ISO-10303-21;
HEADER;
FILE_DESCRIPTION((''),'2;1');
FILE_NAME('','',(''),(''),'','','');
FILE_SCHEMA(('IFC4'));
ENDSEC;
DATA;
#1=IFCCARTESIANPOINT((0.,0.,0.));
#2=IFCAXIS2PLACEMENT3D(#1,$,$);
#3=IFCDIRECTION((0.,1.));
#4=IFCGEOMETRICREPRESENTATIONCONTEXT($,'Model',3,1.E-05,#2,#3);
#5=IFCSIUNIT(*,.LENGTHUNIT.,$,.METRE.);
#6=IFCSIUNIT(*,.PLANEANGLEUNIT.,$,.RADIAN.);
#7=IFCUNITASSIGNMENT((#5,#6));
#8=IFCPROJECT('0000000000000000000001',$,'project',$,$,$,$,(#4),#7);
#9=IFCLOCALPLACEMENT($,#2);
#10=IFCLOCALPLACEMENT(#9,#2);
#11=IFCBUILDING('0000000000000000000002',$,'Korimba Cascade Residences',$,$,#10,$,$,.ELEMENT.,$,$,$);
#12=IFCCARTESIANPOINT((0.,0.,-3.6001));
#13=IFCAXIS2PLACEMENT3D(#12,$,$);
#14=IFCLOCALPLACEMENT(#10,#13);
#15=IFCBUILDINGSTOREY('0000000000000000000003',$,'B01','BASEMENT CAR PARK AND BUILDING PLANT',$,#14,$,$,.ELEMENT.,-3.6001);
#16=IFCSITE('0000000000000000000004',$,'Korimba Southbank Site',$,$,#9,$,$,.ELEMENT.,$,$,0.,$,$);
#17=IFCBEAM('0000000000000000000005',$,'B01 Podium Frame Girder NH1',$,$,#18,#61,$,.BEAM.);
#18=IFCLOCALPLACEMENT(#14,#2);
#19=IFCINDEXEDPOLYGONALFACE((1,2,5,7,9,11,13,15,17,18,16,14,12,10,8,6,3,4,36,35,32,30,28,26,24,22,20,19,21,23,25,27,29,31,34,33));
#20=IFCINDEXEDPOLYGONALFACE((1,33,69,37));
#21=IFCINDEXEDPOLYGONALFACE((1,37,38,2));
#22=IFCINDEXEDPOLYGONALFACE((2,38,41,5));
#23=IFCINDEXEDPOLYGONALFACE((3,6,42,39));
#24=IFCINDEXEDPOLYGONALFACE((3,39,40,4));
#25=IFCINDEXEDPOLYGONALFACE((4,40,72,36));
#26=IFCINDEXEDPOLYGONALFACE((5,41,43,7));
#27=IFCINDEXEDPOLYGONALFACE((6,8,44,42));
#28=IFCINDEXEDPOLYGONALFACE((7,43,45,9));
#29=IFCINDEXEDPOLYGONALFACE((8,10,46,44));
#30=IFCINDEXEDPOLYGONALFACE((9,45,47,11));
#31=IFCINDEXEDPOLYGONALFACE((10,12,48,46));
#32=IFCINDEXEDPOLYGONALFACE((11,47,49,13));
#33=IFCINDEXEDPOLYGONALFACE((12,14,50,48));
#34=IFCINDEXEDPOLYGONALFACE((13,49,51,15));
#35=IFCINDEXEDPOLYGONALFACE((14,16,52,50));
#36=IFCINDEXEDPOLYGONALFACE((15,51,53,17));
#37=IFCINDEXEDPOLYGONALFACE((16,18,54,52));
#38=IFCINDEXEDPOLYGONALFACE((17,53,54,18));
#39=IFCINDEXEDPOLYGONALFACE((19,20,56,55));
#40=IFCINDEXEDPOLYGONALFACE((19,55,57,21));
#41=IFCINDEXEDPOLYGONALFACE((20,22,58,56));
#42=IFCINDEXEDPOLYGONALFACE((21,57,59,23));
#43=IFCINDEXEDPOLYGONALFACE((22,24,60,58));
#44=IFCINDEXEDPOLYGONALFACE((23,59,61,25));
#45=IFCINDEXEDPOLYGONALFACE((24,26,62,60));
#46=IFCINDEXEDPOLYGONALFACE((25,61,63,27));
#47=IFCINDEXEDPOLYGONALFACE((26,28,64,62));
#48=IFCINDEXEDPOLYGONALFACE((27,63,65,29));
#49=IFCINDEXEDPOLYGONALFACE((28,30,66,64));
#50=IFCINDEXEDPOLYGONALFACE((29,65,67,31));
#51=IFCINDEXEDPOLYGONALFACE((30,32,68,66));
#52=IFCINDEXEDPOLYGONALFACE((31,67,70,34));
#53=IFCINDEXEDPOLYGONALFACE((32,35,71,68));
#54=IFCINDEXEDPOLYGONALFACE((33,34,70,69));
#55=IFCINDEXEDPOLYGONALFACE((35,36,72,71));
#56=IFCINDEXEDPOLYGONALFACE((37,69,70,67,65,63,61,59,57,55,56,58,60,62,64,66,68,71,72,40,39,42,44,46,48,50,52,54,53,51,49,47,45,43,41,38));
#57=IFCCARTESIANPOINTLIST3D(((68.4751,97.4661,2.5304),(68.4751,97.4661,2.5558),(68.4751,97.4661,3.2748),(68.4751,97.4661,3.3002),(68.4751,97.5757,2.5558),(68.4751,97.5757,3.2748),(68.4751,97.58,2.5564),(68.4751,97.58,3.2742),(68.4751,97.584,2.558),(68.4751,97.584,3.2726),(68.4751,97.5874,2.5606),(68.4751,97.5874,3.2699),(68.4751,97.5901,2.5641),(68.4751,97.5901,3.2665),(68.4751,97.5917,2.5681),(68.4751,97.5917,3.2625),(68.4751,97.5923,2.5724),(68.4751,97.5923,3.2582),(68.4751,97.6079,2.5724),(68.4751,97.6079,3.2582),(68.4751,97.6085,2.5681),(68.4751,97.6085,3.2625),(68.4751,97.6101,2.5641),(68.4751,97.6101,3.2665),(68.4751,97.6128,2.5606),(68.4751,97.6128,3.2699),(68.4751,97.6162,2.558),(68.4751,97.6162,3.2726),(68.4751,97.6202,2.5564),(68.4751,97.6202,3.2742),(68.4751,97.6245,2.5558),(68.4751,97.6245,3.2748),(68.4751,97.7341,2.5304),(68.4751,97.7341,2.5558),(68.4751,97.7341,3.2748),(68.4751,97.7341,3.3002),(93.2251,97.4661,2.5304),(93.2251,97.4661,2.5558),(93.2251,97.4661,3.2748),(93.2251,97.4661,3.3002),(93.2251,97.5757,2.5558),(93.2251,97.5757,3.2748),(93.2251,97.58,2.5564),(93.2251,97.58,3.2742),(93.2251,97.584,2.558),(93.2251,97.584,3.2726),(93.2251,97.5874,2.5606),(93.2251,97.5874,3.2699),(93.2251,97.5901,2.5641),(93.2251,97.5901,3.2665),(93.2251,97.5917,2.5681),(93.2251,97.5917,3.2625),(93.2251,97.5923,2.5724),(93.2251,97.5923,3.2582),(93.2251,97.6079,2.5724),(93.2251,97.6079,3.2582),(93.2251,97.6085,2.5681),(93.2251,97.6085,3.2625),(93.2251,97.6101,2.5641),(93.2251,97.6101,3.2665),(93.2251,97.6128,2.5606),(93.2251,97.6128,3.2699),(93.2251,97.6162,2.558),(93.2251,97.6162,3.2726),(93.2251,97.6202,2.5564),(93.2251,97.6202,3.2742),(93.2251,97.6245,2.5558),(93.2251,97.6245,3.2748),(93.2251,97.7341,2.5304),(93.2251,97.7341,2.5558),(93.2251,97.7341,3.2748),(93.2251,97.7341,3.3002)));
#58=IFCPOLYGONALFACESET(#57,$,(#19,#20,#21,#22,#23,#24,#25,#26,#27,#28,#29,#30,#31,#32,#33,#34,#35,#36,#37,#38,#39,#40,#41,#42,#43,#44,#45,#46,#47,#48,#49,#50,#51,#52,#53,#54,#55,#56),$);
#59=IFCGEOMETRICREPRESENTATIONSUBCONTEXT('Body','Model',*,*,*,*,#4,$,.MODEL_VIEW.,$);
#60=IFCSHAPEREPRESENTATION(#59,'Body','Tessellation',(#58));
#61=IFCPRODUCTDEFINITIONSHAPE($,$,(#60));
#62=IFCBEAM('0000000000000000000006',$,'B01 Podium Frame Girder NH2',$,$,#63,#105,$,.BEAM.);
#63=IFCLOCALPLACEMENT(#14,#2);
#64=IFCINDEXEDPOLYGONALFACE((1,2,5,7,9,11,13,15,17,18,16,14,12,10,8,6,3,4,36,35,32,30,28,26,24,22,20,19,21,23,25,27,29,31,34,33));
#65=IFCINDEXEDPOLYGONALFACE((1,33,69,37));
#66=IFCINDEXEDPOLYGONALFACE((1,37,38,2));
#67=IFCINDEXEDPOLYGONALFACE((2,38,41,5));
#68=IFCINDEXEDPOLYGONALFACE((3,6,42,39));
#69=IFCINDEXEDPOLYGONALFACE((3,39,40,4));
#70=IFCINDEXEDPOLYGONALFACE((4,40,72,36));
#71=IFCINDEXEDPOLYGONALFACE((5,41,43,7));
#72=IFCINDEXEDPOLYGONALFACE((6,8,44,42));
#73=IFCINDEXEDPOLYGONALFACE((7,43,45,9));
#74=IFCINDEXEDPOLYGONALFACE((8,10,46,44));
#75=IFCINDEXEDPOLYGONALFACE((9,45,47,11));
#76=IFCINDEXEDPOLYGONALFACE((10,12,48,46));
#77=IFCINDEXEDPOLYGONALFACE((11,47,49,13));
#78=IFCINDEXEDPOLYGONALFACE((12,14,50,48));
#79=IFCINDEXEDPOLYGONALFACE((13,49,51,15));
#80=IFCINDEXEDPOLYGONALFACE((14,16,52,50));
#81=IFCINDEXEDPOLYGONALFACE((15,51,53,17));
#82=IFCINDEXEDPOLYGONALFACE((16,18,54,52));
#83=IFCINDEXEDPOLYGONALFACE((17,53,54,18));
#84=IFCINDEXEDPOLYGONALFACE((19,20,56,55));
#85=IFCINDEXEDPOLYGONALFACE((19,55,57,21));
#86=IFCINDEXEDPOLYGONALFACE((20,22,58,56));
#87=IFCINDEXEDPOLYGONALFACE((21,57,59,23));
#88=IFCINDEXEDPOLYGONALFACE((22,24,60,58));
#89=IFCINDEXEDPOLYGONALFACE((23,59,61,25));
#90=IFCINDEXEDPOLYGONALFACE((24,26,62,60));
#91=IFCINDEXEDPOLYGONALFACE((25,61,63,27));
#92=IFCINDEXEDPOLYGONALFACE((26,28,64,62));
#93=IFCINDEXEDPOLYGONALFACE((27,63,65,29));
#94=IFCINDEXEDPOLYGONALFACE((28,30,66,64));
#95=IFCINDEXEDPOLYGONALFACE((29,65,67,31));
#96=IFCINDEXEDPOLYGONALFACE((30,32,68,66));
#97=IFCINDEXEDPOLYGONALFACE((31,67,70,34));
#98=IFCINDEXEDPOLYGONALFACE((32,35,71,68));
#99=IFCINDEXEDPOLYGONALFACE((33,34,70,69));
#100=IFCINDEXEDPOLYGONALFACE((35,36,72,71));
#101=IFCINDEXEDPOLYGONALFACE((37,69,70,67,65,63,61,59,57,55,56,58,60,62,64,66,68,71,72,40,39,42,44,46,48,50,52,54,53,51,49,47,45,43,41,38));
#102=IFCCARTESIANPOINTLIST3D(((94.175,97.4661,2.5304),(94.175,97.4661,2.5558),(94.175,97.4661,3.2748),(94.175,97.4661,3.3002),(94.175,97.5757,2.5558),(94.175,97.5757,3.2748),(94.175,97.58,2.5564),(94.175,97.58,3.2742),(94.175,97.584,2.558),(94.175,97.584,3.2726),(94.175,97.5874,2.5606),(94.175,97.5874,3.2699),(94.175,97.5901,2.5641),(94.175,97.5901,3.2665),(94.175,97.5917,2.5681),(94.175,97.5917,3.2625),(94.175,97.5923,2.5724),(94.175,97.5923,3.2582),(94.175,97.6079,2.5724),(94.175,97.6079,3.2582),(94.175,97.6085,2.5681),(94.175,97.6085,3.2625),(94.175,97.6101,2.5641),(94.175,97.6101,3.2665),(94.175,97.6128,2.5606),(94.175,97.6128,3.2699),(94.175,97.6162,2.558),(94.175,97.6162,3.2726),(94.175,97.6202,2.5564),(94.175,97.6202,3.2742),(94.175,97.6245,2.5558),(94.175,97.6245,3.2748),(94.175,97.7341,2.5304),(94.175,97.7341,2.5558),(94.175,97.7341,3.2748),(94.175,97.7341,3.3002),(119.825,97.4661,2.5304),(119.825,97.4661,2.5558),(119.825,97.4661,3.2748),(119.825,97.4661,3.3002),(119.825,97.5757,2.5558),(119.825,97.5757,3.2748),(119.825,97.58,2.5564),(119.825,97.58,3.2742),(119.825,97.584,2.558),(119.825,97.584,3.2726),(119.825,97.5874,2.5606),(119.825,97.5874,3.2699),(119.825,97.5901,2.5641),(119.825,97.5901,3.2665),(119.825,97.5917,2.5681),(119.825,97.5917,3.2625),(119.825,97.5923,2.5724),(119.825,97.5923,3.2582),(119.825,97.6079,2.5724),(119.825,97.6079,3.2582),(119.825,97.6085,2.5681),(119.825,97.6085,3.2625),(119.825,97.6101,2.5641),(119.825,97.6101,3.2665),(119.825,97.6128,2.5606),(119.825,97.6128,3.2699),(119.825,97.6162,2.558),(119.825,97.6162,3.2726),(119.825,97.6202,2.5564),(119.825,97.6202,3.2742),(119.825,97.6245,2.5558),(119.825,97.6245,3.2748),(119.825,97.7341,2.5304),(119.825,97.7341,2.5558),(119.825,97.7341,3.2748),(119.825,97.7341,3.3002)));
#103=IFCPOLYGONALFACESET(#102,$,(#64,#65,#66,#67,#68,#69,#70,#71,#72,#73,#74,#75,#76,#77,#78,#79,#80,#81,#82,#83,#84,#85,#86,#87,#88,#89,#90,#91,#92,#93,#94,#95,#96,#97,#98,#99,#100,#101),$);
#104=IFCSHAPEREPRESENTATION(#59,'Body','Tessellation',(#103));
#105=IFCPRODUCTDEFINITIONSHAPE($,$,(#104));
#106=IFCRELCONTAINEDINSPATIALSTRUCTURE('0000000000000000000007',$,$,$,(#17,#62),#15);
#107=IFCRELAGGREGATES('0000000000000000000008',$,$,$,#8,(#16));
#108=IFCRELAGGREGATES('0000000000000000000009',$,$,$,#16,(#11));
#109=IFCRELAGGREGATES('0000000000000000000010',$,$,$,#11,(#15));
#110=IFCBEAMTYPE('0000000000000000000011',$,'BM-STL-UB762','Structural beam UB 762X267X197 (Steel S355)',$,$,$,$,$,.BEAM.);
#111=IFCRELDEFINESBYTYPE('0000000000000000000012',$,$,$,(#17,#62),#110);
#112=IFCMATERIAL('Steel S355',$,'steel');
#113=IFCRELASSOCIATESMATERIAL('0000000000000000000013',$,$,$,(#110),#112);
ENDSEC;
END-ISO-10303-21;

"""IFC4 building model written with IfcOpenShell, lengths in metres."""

from ifc_helpers import new_model, si_unit, direction, frame, origin, origin_2d, place, context, subcontext, project, spatial, i_section, extrude, material, material_profile, profile_set, type_object, element, save


model = new_model("IFC4")

# Units and contexts
model_context = context("Model", 3, precision=1e-05, world=origin(), true_north=direction((0.0, 1.0)))
body_context = subcontext(model_context, "Body", "Model", "MODEL_VIEW")
ifc_project = project(units=[si_unit("LENGTHUNIT", "METRE"), si_unit("PLANEANGLEUNIT", "RADIAN")], contexts=[model_context])

# Site, building, storey
site_placement = place(None, origin())
site = spatial("IfcSite", under=ifc_project, at=site_placement, Name="Korimba Southbank Site", CompositionType="ELEMENT", RefElevation=0.0)
building_placement = place(site_placement, origin())
building = spatial("IfcBuilding", under=site, at=building_placement, Name="Korimba Cascade Residences", CompositionType="ELEMENT")
storey_placement = place(building_placement, frame((0.0, 0.0, -3.6001)))
storey = spatial("IfcBuildingStorey", under=building, at=storey_placement, Name="B01", Description="BASEMENT CAR PARK AND BUILDING PLANT", CompositionType="ELEMENT", Elevation=-3.6001)

# Beams
ifc_material_1 = material(Name="Steel S355", Category="steel")
ifc_material_profile_1 = material_profile(ifc_material_1, i_section(OverallWidth=0.2681, OverallDepth=0.7698, WebThickness=0.0156, FlangeThickness=0.0254, FilletRadius=0.0166, at=origin_2d()), Name="Steel S355")
ifc_profile_set_1 = profile_set([ifc_material_profile_1], Name="Steel S355")
beam_type_1 = type_object("IfcBeamType", Name="BM-STL-UB762", Description="Structural beam UB 762X267X197 (Steel S355)", PredefinedType="BEAM", material=ifc_profile_set_1)
beam_1_placement = place(storey_placement, frame((68.4751, 97.6001, 2.9153), z_axis=(1.0, 0.0, 0.0), x_axis=(0.0, 1.0, 0.0)))
element("IfcBeam", 1, at=beam_1_placement, inside=storey, type_object=beam_type_1, Name="B01 Podium Frame Girder NH1", PredefinedType="BEAM", context=body_context, shape_type="SweptSolid", body=[
    extrude(i_section(OverallWidth=0.2681, OverallDepth=0.7698, WebThickness=0.0156, FlangeThickness=0.0254, FilletRadius=0.0166, at=origin_2d()), origin(), (0.0, 0.0, 1.0), 24.75),
])
beam_2_placement = place(storey_placement, frame((94.175, 97.6001, 2.9153), z_axis=(1.0, 0.0, 0.0), x_axis=(0.0, 1.0, 0.0)))
element("IfcBeam", 2, at=beam_2_placement, inside=storey, type_object=beam_type_1, Name="B01 Podium Frame Girder NH2", PredefinedType="BEAM", context=body_context, shape_type="SweptSolid", body=[
    extrude(i_section(OverallWidth=0.2681, OverallDepth=0.7698, WebThickness=0.0156, FlangeThickness=0.0254, FilletRadius=0.0166, at=origin_2d()), origin(), (0.0, 0.0, 1.0), 25.6499),
])

save(model, "model.ifc")
